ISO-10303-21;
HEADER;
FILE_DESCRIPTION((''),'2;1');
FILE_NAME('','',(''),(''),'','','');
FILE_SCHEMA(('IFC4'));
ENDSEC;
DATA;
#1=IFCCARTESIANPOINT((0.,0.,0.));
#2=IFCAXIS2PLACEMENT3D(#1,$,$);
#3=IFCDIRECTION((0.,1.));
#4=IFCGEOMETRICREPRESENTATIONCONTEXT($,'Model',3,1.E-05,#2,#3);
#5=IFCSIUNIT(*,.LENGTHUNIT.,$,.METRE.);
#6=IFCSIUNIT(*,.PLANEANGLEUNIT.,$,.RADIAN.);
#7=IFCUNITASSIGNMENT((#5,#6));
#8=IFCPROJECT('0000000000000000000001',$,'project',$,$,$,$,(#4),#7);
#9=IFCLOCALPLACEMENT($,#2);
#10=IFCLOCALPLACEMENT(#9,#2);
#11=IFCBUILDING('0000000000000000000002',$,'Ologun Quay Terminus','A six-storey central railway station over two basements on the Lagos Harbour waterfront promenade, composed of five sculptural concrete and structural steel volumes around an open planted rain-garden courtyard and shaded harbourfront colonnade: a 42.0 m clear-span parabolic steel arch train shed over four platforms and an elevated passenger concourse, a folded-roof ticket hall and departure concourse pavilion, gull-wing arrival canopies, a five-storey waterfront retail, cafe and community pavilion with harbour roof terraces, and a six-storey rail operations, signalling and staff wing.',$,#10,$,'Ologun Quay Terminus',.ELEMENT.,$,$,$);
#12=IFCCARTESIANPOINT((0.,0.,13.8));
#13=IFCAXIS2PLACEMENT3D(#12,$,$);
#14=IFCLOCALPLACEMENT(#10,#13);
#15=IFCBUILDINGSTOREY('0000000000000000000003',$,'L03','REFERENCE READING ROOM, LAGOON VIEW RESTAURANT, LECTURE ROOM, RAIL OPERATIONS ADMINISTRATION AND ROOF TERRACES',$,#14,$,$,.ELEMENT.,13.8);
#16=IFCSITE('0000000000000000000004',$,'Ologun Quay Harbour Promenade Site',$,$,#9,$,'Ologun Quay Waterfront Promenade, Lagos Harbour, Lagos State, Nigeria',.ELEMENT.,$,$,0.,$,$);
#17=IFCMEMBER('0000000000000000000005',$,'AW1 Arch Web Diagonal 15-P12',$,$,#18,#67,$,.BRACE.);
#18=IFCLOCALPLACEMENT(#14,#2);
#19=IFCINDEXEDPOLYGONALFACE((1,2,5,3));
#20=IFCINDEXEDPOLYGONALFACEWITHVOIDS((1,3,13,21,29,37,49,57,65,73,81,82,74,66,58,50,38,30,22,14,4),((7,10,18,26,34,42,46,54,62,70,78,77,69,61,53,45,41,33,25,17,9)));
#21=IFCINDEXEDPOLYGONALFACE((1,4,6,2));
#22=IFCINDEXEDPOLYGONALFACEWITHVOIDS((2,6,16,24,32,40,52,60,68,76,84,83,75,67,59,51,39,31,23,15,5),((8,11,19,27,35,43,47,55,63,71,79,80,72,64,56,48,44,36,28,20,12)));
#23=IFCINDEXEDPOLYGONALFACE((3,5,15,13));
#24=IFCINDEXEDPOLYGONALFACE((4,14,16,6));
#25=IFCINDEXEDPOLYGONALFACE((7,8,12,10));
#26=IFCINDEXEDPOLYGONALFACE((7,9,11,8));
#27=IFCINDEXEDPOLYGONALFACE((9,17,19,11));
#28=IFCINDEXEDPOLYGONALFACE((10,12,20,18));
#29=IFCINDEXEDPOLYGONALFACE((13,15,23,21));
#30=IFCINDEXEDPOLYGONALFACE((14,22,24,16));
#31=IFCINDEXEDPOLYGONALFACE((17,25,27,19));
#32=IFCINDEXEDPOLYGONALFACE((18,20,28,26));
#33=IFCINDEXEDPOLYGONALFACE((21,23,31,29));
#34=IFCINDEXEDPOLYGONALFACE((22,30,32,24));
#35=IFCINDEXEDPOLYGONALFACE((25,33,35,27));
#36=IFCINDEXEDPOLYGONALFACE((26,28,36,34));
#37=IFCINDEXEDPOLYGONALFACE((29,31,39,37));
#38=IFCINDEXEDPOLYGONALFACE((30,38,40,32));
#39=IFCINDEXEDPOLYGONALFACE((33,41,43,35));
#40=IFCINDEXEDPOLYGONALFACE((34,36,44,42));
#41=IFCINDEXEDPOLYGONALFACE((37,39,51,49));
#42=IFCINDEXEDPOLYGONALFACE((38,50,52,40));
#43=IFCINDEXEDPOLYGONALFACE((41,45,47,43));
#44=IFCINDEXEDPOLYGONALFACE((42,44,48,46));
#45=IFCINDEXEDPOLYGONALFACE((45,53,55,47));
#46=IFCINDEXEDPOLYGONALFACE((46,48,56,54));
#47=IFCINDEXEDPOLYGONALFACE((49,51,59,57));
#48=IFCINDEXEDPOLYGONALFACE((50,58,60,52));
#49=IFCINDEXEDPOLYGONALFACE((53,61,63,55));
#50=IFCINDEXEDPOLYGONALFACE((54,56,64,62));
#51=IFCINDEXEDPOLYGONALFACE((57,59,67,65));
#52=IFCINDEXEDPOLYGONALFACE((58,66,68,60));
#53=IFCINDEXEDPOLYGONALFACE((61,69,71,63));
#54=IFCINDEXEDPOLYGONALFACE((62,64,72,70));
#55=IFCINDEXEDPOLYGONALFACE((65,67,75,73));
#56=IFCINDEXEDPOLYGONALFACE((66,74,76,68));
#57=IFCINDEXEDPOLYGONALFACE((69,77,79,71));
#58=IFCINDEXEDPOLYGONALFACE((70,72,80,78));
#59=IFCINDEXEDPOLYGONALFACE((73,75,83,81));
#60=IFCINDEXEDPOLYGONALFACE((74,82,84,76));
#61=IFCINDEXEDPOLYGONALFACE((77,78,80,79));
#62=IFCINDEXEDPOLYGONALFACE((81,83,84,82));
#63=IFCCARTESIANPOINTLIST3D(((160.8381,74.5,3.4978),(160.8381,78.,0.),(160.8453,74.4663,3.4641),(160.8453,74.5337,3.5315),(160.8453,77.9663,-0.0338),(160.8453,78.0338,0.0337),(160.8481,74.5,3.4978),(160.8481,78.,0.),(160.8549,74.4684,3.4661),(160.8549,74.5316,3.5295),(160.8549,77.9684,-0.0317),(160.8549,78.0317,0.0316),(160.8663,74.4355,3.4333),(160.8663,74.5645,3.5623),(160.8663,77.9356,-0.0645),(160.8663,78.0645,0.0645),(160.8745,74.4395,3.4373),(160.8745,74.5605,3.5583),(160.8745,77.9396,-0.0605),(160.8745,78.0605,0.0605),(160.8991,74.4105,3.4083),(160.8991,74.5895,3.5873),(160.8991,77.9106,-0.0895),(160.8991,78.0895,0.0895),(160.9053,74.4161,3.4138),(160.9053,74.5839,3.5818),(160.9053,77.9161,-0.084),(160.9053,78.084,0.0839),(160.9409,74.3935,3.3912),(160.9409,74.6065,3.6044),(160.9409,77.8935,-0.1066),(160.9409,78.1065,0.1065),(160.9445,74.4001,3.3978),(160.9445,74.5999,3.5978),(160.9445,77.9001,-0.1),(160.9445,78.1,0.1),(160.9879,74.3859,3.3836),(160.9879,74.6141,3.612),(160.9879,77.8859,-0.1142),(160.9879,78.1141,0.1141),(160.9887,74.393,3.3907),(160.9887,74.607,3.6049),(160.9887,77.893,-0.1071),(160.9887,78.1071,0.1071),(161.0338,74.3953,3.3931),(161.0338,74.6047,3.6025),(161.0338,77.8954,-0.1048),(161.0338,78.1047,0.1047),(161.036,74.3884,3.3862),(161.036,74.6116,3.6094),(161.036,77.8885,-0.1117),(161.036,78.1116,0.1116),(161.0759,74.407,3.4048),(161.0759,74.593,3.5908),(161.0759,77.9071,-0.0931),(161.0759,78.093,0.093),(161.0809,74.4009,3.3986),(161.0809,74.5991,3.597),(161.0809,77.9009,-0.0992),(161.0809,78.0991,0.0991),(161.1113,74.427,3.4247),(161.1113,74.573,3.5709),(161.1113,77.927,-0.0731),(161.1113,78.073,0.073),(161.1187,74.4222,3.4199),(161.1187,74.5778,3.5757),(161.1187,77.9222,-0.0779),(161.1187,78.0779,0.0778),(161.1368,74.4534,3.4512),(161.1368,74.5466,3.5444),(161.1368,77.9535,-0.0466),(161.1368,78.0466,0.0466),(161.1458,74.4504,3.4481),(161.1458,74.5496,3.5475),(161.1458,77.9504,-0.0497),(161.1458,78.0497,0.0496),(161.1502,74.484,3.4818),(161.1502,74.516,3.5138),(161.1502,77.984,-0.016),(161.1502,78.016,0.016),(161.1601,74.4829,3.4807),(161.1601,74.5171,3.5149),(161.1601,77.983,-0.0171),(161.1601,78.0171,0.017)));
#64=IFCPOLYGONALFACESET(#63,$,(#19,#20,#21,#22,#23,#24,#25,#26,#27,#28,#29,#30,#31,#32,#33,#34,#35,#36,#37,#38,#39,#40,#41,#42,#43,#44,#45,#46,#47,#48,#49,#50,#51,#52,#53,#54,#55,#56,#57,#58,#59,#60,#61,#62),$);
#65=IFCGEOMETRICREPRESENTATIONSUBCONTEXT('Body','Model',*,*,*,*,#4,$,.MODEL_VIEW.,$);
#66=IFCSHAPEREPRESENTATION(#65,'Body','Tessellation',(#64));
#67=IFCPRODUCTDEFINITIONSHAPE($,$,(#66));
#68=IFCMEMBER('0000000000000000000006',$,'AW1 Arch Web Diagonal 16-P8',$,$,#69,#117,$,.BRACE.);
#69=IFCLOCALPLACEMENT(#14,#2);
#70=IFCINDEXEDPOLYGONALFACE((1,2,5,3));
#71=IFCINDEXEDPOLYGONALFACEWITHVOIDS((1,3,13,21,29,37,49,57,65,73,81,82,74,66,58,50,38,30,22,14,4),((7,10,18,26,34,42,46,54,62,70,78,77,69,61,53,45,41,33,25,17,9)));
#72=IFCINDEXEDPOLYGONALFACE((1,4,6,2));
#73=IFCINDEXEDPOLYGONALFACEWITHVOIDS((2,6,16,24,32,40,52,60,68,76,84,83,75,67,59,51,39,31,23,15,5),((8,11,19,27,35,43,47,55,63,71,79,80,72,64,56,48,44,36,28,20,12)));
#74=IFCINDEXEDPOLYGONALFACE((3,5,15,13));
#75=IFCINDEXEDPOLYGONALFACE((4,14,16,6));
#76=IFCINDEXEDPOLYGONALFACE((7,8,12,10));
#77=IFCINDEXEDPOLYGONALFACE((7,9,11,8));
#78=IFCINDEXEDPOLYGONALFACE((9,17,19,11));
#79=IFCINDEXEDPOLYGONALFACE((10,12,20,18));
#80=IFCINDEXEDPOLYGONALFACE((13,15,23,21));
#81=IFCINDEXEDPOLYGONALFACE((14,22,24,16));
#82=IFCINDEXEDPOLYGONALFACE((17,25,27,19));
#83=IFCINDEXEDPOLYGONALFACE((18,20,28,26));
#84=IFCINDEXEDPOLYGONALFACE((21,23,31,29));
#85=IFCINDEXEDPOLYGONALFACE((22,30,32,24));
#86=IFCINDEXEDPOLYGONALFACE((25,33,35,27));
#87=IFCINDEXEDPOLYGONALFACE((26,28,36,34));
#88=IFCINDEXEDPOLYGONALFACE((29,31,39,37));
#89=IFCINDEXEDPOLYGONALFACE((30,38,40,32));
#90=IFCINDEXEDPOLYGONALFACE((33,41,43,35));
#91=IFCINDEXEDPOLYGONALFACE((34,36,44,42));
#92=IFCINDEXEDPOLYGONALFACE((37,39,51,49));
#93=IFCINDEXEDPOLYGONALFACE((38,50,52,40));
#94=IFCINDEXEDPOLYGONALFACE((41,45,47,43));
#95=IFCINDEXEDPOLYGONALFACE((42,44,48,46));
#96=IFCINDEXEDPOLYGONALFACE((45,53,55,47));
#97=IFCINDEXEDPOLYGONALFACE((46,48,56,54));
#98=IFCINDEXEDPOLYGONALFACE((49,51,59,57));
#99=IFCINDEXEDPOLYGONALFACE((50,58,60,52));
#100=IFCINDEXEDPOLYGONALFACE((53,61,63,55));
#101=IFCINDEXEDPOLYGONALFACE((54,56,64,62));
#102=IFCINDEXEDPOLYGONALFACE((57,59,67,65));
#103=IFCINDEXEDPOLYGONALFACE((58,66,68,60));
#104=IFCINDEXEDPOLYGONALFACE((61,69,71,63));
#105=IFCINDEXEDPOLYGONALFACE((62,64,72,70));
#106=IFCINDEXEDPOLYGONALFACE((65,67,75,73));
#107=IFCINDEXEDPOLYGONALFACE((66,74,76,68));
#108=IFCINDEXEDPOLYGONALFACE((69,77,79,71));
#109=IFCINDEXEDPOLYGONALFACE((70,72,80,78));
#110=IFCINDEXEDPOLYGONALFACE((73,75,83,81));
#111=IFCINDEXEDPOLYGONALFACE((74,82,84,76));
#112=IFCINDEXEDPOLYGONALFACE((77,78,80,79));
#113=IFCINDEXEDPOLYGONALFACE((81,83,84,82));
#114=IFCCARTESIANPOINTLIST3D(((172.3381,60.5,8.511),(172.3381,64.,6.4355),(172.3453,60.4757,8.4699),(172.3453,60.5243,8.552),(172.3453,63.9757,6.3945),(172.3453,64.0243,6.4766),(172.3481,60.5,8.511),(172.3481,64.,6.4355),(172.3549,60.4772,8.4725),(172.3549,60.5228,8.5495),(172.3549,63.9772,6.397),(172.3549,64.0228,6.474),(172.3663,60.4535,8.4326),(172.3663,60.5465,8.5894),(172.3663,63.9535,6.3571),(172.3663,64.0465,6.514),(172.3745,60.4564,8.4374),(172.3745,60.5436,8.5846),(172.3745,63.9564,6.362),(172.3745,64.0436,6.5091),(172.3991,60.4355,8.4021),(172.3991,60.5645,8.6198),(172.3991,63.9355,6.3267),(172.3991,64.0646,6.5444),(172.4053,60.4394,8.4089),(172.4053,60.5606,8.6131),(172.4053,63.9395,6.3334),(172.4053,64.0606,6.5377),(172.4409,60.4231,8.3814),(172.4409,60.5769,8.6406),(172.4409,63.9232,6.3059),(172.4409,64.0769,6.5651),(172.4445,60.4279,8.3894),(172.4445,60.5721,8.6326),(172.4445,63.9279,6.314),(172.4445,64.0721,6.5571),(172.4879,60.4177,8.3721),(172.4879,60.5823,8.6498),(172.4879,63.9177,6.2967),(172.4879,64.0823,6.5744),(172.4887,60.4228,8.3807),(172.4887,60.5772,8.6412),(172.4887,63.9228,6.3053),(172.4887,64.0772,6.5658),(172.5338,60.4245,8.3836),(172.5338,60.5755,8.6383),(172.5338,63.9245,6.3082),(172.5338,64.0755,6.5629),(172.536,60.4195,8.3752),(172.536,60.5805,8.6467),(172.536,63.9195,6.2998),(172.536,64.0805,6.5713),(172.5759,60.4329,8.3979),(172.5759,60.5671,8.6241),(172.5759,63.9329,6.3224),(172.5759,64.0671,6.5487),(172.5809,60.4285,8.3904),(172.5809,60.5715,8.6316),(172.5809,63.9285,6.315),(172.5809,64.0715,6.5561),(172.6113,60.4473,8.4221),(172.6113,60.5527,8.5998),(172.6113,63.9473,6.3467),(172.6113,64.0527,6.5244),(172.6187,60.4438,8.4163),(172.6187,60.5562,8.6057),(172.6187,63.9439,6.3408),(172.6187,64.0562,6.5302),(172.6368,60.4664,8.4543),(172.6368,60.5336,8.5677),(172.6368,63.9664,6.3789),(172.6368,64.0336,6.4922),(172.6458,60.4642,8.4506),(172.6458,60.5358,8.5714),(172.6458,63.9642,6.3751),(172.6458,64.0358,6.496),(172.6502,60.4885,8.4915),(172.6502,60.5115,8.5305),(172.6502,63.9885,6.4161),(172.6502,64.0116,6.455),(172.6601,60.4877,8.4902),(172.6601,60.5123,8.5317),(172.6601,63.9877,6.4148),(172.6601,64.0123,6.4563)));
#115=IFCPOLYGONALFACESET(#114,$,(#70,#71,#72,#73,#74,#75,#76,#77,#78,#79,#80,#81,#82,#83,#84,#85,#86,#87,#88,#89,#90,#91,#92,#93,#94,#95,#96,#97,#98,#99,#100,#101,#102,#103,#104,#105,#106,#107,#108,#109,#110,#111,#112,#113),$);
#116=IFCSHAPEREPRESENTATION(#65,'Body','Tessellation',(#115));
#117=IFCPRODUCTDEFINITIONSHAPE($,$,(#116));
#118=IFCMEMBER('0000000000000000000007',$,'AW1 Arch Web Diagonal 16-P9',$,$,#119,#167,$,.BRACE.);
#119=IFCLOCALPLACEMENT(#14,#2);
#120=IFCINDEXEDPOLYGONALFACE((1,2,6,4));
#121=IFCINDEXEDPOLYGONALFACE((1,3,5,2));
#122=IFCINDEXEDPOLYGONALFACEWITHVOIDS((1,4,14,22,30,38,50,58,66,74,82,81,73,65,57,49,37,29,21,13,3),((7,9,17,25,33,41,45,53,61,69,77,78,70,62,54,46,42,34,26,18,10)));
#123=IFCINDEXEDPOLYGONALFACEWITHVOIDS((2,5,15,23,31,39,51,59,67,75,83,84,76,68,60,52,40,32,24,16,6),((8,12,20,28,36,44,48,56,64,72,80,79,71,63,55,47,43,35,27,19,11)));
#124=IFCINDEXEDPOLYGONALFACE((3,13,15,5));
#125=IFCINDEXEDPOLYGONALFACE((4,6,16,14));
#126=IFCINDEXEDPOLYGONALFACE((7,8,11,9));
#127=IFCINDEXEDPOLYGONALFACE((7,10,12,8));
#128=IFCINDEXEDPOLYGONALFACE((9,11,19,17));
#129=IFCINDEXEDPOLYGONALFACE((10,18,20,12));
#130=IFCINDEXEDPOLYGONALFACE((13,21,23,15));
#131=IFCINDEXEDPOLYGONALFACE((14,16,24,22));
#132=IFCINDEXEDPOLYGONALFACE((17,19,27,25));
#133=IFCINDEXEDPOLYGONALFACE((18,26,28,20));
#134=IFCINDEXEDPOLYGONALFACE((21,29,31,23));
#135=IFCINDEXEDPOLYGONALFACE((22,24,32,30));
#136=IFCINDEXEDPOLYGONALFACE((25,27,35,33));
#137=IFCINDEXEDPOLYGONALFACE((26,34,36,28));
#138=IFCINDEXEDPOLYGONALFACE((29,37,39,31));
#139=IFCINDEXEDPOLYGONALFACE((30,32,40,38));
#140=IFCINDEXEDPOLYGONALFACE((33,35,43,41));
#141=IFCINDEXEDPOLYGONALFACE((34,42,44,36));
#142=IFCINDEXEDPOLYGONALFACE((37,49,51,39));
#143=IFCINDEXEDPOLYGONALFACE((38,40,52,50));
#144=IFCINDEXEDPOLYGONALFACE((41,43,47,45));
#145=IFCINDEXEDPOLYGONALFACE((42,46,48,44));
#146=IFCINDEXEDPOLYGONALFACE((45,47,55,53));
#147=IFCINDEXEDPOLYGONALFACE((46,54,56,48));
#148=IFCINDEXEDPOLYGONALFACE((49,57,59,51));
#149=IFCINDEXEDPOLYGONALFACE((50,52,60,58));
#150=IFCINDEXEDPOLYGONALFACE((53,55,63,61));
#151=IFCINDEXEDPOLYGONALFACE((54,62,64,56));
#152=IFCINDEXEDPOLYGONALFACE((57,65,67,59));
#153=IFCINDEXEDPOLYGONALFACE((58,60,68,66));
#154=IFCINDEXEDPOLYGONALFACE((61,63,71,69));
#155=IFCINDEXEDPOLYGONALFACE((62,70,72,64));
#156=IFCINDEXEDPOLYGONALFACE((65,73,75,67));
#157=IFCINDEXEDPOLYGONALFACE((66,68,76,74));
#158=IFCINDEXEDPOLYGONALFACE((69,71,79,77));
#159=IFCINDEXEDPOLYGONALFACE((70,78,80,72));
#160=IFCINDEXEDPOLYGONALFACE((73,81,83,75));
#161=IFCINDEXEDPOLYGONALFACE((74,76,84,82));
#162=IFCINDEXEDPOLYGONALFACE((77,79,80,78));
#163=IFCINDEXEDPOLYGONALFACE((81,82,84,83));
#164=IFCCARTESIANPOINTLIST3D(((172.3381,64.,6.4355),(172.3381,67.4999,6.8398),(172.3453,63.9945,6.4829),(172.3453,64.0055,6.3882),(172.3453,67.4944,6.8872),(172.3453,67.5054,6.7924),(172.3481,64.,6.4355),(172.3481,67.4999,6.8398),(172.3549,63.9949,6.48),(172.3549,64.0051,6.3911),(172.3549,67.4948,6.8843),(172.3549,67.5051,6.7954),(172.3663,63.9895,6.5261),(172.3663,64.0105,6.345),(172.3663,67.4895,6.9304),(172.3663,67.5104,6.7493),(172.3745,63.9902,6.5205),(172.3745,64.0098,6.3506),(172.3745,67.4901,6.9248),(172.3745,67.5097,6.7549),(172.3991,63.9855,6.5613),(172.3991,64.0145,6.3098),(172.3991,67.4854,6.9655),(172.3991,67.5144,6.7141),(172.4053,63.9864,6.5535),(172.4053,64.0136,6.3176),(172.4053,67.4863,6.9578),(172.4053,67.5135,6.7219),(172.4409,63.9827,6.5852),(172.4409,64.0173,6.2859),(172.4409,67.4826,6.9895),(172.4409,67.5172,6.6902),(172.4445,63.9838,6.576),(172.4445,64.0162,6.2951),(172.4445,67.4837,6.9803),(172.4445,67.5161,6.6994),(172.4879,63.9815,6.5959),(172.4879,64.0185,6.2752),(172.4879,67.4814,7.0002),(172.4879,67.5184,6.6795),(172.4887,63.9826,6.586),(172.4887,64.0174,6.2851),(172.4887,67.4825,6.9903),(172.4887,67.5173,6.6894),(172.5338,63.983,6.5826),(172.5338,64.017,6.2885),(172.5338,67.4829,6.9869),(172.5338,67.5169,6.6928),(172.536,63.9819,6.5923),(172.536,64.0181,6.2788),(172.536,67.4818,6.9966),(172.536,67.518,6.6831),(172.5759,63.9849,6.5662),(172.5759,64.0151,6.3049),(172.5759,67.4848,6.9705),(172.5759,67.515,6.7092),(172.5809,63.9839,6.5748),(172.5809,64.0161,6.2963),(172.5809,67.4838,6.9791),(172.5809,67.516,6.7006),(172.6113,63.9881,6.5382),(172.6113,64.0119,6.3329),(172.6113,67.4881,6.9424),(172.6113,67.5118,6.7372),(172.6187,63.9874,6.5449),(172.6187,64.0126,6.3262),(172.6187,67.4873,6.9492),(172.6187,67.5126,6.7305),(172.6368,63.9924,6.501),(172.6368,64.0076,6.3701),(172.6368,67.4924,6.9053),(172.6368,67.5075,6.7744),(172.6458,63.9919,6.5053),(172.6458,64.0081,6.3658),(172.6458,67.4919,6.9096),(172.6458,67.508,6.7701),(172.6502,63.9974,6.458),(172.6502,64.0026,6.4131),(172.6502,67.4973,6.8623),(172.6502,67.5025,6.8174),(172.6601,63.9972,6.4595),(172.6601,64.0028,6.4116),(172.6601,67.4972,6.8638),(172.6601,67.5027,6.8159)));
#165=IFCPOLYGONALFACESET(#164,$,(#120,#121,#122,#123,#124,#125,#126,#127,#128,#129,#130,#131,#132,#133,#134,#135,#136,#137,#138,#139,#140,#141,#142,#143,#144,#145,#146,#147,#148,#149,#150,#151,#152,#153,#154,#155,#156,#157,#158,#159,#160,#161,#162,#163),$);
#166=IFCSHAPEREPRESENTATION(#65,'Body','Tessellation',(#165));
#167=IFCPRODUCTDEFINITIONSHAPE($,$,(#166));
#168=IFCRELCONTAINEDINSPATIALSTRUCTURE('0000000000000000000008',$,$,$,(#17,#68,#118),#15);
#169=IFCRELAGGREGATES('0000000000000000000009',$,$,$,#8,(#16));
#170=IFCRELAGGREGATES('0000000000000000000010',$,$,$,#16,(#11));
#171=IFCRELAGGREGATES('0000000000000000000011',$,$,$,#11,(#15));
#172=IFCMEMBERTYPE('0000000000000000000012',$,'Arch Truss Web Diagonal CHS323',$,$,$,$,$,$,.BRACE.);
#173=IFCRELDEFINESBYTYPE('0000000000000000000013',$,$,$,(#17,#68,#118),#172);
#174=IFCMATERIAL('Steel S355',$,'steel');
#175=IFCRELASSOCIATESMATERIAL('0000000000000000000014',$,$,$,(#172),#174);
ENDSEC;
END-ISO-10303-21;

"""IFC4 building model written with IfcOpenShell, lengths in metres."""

from ifc_helpers import new_model, si_unit, direction, frame, origin, origin_2d, place, context, subcontext, project, spatial, hollow_circle, extrude, material, material_profile, profile_set, type_object, element, save


model = new_model("IFC4")

# Units and contexts
model_context = context("Model", 3, precision=1e-05, world=origin(), true_north=direction((0.0, 1.0)))
body_context = subcontext(model_context, "Body", "Model", "MODEL_VIEW")
ifc_project = project(units=[si_unit("LENGTHUNIT", "METRE"), si_unit("PLANEANGLEUNIT", "RADIAN")], contexts=[model_context])

# Site, building, storey
site_placement = place(None, origin())
site = spatial("IfcSite", under=ifc_project, at=site_placement, Name="Ologun Quay Harbour Promenade Site", LongName="Ologun Quay Waterfront Promenade, Lagos Harbour, Lagos State, Nigeria", CompositionType="ELEMENT", RefElevation=0.0)
building_placement = place(site_placement, origin())
building = spatial("IfcBuilding", under=site, at=building_placement, Name="Ologun Quay Terminus", Description="A six-storey central railway station over two basements on the Lagos Harbour waterfront promenade, composed of five sculptural concrete and structural steel volumes around an open planted rain-garden courtyard and shaded harbourfront colonnade: a 42.0 m clear-span parabolic steel arch train shed over four platforms and an elevated passenger concourse, a folded-roof ticket hall and departure concourse pavilion, gull-wing arrival canopies, a five-storey waterfront retail, cafe and community pavilion with harbour roof terraces, and a six-storey rail operations, signalling and staff wing.", LongName="Ologun Quay Terminus", CompositionType="ELEMENT")
storey_placement = place(building_placement, frame((0.0, 0.0, 13.8)))
storey = spatial("IfcBuildingStorey", under=building, at=storey_placement, Name="L03", Description="REFERENCE READING ROOM, LAGOON VIEW RESTAURANT, LECTURE ROOM, RAIL OPERATIONS ADMINISTRATION AND ROOF TERRACES", CompositionType="ELEMENT", Elevation=13.8)

# Members
ifc_material_1 = material(Name="Steel S355", Category="steel")
ifc_material_profile_1 = material_profile(ifc_material_1, hollow_circle(Radius=0.1619, WallThickness=0.01, at=origin_2d()), Name="CHS 323.9x10")
ifc_profile_set_1 = profile_set([ifc_material_profile_1], Name="Steel S355")
member_type_1 = type_object("IfcMemberType", Name="Arch Truss Web Diagonal CHS323", PredefinedType="BRACE", material=ifc_profile_set_1)
member_1_placement = place(storey_placement, frame((161.0, 74.5, 3.4978), z_axis=(0.0, 0.707329, -0.706885), x_axis=(-1.0, 0.0, 0.0)))
element("IfcMember", 1, at=member_1_placement, inside=storey, type_object=member_type_1, Name="AW1 Arch Web Diagonal 15-P12", PredefinedType="BRACE", context=body_context, shape_type="SweptSolid", body=[
    extrude(hollow_circle(Radius=0.1619, WallThickness=0.01, at=origin_2d()), origin(), (0.0, 0.0, 1.0), 4.9482),
])
member_2_placement = place(storey_placement, frame((172.5, 60.5, 8.511), z_axis=(0.0, 0.860144, -0.510051), x_axis=(-1.0, 0.0, 0.0)))
element("IfcMember", 2, at=member_2_placement, inside=storey, type_object=member_type_1, Name="AW1 Arch Web Diagonal 16-P8", PredefinedType="BRACE", context=body_context, shape_type="SweptSolid", body=[
    extrude(hollow_circle(Radius=0.1619, WallThickness=0.01, at=origin_2d()), origin(), (0.0, 0.0, 1.0), 4.0691),
])
member_3_placement = place(storey_placement, frame((172.5, 64.0, 6.4355), z_axis=(0.0, 0.993394, 0.11475), x_axis=(-1.0, 0.0, 0.0)))
element("IfcMember", 3, at=member_3_placement, inside=storey, type_object=member_type_1, Name="AW1 Arch Web Diagonal 16-P9", PredefinedType="BRACE", context=body_context, shape_type="SweptSolid", body=[
    extrude(hollow_circle(Radius=0.1619, WallThickness=0.01, at=origin_2d()), origin(), (0.0, 0.0, 1.0), 3.5232),
])

save(model, "model.ifc")
